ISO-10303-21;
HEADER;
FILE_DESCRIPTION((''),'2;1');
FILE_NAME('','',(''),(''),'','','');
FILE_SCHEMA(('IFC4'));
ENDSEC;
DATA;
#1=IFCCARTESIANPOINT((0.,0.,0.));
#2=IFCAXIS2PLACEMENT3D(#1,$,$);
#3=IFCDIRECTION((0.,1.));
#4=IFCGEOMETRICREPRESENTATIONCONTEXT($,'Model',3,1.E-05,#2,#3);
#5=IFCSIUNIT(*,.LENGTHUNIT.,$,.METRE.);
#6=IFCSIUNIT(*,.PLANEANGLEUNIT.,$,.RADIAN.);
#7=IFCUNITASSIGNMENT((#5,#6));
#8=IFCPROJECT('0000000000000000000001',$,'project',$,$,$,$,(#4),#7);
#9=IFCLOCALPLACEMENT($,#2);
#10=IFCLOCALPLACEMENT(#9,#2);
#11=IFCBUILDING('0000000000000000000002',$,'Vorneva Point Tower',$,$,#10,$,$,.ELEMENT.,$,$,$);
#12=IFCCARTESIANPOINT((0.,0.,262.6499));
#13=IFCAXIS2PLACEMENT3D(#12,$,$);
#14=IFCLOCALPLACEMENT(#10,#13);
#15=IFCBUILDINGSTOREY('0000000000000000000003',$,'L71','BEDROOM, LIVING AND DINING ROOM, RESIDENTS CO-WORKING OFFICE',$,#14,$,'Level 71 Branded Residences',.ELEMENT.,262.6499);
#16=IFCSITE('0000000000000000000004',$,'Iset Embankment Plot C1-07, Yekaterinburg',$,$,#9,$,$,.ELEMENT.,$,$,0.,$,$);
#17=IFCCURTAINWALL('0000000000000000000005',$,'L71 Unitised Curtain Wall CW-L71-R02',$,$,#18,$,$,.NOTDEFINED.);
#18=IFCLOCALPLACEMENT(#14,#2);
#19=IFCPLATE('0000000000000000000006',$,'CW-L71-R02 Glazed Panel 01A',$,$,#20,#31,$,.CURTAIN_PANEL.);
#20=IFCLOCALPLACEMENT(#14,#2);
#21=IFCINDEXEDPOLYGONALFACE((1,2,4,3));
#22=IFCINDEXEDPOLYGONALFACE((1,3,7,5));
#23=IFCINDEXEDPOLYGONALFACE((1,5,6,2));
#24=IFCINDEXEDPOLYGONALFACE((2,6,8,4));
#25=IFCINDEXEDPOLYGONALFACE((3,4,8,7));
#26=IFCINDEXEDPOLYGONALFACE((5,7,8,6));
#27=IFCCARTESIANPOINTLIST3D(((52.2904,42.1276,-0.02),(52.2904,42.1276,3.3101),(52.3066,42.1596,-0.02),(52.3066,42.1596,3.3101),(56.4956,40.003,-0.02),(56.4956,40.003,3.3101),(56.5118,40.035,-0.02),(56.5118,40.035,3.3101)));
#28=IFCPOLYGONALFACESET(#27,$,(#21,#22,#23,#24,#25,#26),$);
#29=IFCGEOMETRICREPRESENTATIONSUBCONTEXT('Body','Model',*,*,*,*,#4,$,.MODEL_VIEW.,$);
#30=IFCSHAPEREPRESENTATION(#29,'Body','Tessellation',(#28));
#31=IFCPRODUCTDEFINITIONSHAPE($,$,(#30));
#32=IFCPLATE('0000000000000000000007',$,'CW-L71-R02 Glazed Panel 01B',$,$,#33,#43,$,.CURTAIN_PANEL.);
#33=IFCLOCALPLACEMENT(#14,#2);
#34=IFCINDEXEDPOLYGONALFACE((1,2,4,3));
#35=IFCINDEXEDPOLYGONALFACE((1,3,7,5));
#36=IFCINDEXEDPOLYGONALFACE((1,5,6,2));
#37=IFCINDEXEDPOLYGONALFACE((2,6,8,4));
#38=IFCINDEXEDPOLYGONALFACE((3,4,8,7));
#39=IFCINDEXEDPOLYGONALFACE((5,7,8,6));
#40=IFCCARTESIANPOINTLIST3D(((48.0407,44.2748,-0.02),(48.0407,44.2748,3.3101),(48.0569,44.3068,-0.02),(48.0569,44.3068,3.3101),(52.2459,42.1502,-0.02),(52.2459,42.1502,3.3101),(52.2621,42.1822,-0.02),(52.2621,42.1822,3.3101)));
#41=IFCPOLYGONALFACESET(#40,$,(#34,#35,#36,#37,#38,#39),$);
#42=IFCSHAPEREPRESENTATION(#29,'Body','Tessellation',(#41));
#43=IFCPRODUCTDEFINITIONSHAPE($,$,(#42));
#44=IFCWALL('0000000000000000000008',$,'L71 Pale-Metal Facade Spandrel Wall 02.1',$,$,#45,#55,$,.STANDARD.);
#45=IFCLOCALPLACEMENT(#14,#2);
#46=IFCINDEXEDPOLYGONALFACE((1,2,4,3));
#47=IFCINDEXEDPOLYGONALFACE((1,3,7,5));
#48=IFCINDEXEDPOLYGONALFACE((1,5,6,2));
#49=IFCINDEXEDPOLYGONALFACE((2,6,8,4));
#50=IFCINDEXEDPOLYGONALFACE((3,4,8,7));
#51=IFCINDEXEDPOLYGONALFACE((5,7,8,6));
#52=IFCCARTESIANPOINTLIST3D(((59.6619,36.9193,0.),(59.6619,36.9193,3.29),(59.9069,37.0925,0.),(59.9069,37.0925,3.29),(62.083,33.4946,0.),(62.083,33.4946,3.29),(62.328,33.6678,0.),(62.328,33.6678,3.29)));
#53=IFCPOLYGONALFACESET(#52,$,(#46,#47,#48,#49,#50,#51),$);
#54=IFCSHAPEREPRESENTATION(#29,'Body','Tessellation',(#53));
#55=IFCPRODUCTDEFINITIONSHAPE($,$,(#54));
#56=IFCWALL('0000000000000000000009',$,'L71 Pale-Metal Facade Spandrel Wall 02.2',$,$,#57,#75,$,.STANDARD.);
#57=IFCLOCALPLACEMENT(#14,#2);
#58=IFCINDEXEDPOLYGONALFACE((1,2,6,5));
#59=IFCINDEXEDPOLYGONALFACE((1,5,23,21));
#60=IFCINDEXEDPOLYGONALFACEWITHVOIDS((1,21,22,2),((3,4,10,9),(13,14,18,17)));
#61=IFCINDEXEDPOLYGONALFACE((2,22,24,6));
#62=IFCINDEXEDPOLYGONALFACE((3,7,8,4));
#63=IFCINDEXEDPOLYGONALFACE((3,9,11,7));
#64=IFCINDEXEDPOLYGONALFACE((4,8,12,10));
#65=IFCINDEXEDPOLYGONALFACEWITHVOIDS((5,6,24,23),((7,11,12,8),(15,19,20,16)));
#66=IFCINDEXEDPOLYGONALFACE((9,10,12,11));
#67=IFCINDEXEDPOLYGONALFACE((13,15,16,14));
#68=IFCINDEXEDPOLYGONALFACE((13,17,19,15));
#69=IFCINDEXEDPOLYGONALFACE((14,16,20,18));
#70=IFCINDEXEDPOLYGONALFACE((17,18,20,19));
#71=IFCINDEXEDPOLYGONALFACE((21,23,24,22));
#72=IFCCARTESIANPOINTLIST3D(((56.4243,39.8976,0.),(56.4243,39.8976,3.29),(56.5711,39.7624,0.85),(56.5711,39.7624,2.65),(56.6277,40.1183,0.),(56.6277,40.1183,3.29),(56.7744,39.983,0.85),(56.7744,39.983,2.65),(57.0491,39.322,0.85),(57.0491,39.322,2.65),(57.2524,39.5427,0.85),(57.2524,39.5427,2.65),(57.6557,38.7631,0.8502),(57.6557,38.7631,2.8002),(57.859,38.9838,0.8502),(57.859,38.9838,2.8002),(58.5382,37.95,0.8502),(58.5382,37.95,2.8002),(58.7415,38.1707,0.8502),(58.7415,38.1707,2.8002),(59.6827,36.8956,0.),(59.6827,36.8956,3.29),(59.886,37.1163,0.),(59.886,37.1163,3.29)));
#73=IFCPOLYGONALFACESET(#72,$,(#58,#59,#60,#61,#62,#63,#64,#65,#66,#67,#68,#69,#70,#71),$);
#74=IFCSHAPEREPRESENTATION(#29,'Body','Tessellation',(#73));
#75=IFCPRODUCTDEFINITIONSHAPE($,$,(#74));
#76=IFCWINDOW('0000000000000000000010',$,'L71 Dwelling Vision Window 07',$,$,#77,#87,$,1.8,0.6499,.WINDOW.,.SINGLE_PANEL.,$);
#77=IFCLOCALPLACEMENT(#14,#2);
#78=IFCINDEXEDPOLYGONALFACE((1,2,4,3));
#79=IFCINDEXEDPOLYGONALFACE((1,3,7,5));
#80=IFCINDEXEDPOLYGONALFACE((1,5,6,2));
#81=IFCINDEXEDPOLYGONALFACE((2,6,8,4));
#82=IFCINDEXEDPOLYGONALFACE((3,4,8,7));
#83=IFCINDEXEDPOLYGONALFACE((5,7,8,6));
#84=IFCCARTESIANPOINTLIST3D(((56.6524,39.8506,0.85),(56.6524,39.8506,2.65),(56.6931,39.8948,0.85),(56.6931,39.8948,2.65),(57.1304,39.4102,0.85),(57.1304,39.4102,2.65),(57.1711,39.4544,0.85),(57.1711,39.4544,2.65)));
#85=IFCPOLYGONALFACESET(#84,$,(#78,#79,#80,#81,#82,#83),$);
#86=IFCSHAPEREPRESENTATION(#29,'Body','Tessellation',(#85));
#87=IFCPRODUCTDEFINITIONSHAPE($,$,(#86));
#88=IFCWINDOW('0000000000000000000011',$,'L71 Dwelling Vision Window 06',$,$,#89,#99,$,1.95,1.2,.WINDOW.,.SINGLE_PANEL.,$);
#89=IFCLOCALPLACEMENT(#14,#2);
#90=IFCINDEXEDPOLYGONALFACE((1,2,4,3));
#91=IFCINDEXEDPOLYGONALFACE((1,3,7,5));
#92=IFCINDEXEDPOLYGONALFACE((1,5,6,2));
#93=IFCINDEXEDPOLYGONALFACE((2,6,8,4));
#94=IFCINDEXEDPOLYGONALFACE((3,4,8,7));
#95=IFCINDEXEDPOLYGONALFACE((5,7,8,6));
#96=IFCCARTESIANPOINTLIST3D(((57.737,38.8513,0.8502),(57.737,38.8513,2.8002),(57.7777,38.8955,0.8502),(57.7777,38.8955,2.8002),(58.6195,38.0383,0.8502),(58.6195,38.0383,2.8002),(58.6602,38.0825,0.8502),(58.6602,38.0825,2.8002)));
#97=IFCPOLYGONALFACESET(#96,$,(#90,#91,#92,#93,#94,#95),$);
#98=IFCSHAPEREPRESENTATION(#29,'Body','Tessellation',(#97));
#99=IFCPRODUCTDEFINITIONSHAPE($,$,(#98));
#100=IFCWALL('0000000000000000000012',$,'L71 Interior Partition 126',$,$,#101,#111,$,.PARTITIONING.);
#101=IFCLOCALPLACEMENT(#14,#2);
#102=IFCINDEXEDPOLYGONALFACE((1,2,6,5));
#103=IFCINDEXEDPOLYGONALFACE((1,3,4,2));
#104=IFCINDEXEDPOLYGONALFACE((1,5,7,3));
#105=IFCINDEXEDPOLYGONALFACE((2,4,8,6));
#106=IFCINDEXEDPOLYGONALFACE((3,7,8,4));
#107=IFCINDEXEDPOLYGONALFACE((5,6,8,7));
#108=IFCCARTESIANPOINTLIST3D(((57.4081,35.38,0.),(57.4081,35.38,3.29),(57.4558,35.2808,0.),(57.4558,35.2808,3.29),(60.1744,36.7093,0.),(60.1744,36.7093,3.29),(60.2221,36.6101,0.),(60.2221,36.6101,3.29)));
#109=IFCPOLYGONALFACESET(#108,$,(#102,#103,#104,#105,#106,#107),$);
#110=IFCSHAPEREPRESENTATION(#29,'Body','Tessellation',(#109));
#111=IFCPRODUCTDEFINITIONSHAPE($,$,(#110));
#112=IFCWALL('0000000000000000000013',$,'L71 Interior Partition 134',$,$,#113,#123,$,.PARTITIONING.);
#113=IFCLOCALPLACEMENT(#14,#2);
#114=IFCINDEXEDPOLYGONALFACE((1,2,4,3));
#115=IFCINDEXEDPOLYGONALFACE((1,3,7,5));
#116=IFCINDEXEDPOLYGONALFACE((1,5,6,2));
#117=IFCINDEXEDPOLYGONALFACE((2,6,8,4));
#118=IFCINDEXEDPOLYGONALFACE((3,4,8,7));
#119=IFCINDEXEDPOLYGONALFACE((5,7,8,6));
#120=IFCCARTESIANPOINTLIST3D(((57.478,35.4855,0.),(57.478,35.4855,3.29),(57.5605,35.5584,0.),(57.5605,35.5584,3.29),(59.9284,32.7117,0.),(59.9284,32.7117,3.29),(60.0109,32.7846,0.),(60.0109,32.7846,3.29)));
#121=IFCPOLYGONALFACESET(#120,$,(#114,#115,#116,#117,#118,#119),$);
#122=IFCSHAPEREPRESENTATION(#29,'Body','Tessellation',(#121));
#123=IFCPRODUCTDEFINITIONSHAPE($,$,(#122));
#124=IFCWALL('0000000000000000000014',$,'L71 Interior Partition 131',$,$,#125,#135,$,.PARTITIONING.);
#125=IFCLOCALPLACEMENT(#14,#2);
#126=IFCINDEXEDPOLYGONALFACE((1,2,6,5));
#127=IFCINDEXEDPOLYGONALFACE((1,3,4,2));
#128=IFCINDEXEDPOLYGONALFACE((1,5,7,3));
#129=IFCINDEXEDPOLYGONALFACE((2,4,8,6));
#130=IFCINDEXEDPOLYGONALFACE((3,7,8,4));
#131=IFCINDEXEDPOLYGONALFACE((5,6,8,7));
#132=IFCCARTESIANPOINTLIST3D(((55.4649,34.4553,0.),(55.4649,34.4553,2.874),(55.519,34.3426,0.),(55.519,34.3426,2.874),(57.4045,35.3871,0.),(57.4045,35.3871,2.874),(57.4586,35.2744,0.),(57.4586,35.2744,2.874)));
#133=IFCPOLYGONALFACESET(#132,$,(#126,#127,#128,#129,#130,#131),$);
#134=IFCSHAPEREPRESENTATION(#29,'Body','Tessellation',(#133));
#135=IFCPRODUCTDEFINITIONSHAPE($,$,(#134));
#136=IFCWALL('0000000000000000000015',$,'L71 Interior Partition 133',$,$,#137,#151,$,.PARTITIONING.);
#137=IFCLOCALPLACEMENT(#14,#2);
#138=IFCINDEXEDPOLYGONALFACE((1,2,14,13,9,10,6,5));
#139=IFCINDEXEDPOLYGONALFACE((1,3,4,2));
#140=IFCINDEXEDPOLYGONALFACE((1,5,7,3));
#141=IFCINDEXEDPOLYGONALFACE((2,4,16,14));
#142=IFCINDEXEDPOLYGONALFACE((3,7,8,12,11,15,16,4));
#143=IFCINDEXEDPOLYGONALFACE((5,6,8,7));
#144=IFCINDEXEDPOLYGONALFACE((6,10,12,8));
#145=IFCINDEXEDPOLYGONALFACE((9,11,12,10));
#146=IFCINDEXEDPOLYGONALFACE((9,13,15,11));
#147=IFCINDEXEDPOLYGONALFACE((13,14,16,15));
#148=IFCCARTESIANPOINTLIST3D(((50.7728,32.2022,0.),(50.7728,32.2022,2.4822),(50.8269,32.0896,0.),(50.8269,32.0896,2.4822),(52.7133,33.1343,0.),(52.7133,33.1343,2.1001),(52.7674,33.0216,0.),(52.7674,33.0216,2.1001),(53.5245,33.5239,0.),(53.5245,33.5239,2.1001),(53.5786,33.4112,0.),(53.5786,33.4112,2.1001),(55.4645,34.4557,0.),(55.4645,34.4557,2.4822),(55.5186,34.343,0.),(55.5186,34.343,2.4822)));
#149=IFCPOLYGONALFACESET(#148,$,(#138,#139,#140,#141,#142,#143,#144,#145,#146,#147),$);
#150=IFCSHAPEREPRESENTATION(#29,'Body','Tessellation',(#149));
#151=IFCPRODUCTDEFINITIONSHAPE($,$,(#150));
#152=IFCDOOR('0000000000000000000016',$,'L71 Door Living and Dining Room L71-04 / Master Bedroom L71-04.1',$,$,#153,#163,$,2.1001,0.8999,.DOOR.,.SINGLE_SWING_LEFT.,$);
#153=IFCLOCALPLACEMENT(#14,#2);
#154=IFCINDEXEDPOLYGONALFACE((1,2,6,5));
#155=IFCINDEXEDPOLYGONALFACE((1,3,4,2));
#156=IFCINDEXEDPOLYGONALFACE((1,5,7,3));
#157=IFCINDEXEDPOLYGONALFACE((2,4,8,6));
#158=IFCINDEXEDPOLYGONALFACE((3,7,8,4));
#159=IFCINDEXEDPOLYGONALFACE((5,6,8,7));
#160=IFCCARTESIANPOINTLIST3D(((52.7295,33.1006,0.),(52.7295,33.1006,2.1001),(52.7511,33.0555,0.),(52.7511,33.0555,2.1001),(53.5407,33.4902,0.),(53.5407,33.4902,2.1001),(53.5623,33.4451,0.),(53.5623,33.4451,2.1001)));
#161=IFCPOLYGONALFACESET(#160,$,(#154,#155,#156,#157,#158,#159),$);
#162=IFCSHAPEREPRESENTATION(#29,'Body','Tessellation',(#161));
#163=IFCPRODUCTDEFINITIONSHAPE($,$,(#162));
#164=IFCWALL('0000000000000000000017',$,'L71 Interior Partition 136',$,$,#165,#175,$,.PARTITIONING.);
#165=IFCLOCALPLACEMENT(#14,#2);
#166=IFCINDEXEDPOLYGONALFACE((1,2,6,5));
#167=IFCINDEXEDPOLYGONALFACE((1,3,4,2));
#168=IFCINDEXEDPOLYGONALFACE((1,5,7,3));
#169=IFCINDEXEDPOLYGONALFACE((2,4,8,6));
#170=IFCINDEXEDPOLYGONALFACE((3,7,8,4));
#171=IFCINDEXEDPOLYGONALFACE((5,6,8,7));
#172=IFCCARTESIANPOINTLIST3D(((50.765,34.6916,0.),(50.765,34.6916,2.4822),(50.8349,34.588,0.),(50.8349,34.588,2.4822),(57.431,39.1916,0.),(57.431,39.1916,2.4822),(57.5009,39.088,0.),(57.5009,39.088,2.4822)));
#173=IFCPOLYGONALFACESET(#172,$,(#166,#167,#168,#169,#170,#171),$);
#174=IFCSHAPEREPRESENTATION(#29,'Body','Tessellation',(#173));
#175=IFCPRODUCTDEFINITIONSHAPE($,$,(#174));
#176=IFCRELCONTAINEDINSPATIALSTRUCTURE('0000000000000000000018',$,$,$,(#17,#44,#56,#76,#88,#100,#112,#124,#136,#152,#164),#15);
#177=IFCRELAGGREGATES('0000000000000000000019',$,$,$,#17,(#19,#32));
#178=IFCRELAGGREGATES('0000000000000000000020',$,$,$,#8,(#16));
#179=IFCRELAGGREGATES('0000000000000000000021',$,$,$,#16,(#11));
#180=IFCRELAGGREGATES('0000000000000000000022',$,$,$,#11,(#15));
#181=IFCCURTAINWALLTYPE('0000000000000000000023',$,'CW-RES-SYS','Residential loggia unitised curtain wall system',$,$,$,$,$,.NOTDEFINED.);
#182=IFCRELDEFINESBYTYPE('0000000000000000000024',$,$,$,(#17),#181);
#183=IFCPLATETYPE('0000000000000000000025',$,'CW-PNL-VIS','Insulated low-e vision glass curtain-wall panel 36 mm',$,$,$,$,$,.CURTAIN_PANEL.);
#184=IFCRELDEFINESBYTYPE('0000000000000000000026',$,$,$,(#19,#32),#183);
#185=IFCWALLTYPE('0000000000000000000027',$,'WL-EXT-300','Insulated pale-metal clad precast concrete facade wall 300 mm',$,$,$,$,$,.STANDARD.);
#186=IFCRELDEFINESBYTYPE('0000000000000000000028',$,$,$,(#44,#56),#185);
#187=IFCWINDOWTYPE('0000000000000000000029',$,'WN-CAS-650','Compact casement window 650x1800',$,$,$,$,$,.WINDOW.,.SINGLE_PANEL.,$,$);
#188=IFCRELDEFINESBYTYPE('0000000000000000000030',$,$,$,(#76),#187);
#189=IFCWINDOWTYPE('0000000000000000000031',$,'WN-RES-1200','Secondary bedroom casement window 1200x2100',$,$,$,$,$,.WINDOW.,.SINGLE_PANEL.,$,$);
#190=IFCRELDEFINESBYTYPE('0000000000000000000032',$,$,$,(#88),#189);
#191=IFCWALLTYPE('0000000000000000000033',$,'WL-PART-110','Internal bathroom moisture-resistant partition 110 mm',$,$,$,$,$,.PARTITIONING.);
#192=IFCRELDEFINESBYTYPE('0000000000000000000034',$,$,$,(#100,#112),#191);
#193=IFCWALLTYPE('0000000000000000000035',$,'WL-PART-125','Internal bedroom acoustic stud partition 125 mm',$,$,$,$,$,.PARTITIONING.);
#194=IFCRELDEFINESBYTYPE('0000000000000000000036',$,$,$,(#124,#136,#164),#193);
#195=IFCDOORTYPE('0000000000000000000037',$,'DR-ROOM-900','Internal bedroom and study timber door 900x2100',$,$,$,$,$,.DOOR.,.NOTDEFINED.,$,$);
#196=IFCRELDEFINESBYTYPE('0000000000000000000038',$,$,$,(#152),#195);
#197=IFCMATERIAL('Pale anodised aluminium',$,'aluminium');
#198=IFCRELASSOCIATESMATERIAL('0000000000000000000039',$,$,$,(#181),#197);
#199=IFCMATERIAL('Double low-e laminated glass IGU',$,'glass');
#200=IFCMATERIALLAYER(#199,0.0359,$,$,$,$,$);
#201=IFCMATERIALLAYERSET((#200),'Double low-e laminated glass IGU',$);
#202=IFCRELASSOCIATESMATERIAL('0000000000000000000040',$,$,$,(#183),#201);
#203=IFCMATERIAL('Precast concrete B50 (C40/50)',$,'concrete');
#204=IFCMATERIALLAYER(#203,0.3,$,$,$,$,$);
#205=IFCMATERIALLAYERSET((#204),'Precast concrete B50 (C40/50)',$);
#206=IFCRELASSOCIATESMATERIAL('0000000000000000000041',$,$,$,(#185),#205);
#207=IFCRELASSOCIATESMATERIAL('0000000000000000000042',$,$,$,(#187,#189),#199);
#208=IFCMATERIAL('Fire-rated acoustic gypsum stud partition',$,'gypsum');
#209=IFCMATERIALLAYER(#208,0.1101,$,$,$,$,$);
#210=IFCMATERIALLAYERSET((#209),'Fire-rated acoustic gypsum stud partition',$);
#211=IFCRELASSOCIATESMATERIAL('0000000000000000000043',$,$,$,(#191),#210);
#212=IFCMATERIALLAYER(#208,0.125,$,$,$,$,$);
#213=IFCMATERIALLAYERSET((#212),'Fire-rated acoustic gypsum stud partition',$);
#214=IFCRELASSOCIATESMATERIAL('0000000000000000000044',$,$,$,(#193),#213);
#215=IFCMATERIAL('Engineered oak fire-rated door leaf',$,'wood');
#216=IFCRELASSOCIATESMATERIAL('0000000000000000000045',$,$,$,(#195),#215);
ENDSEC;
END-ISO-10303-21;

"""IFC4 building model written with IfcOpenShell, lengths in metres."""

from ifc_helpers import new_model, si_unit, direction, frame, frame_2d, origin, origin_2d, place, context, subcontext, project, spatial, rectangle, extrude, material, layer, layer_set, type_object, element, fill, aggregate, save


model = new_model("IFC4")

# Units and contexts
model_context = context("Model", 3, precision=1e-05, world=origin(), true_north=direction((0.0, 1.0)))
body_context = subcontext(model_context, "Body", "Model", "MODEL_VIEW")
ifc_project = project(units=[si_unit("LENGTHUNIT", "METRE"), si_unit("PLANEANGLEUNIT", "RADIAN")], contexts=[model_context])

# Site, building, storey
site_placement = place(None, origin())
site = spatial("IfcSite", under=ifc_project, at=site_placement, Name="Iset Embankment Plot C1-07, Yekaterinburg", CompositionType="ELEMENT", RefElevation=0.0)
building_placement = place(site_placement, origin())
building = spatial("IfcBuilding", under=site, at=building_placement, Name="Vorneva Point Tower", CompositionType="ELEMENT")
storey_placement = place(building_placement, frame((0.0, 0.0, 262.6499)))
storey = spatial("IfcBuildingStorey", under=building, at=storey_placement, Name="L71", Description="BEDROOM, LIVING AND DINING ROOM, RESIDENTS CO-WORKING OFFICE", LongName="Level 71 Branded Residences", CompositionType="ELEMENT", Elevation=262.6499)

# Shared definitions
ifc_material_1 = material(Name="Pale anodised aluminium", Category="aluminium")
curtain_wall_type = type_object("IfcCurtainWallType", Name="CW-RES-SYS", Description="Residential loggia unitised curtain wall system", PredefinedType="NOTDEFINED", material=ifc_material_1)

# Curtain wall, plates
curtain_wall_1_placement = place(storey_placement, origin())
curtain_wall_1 = element("IfcCurtainWall", 1, at=curtain_wall_1_placement, inside=storey, type_object=curtain_wall_type, Name="L71 Unitised Curtain Wall CW-L71-R02", PredefinedType="NOTDEFINED")
ifc_material_2 = material(Name="Double low-e laminated glass IGU", Category="glass")
ifc_layer_1 = layer(ifc_material_2, 0.0359)
ifc_layer_set_1 = layer_set([ifc_layer_1], Name="Double low-e laminated glass IGU")
plate_type = type_object("IfcPlateType", Name="CW-PNL-VIS", Description="Insulated low-e vision glass curtain-wall panel 36 mm", PredefinedType="CURTAIN_PANEL", material=ifc_layer_set_1)
plate_1_placement = place(storey_placement, frame((54.4011, 41.0813, -0.02), z_axis=(0.0, 0.0, 1.0), x_axis=(-0.892554, 0.45094, 0.0)))
plate_1 = element("IfcPlate", 2, at=plate_1_placement, type_object=plate_type, Name="CW-L71-R02 Glazed Panel 01A", PredefinedType="CURTAIN_PANEL", context=body_context, shape_type="SweptSolid", body=[
    extrude(rectangle(XDim=4.7114, YDim=0.0359, at=origin_2d()), origin(), (0.0, 0.0, 1.0), 3.3301),
])
plate_2_placement = place(storey_placement, frame((50.1514, 43.2285, -0.02), z_axis=(0.0, 0.0, 1.0), x_axis=(-0.892554, 0.45094, 0.0)))
plate_2 = element("IfcPlate", 3, at=plate_2_placement, type_object=plate_type, Name="CW-L71-R02 Glazed Panel 01B", PredefinedType="CURTAIN_PANEL", context=body_context, shape_type="SweptSolid", body=[
    extrude(rectangle(XDim=4.7114, YDim=0.0359, at=origin_2d()), origin(), (0.0, 0.0, 1.0), 3.3301),
])
aggregate(curtain_wall_1, [plate_1, plate_2])

# Wall
ifc_material_3 = material(Name="Precast concrete B50 (C40/50)", Category="concrete")
ifc_layer_2 = layer(ifc_material_3, 0.3)
ifc_layer_set_2 = layer_set([ifc_layer_2], Name="Precast concrete B50 (C40/50)")
wall_type_1 = type_object("IfcWallType", Name="WL-EXT-300", Description="Insulated pale-metal clad precast concrete facade wall 300 mm", PredefinedType="STANDARD", material=ifc_layer_set_2)
wall_1_placement = place(storey_placement, frame((62.2056, 33.5811, 0.0), z_axis=(0.0, 0.0, 1.0), x_axis=(-0.577261, 0.81656, 0.0)))
element("IfcWall", 4, at=wall_1_placement, inside=storey, type_object=wall_type_1, Name="L71 Pale-Metal Facade Spandrel Wall 02.1", PredefinedType="STANDARD", context=body_context, shape_type="SweptSolid", body=[
    extrude(rectangle(XDim=4.1941, YDim=0.3, at=frame_2d((2.0972, 0.0))), origin(), (0.0, 0.0, 1.0), 3.29),
])

# Wall, openings, windows
wall_2_placement = place(storey_placement, frame((59.7844, 37.0059, 0.0), z_axis=(0.0, 0.0, 1.0), x_axis=(-0.735445, 0.677584, 0.0)))
wall_2 = element("IfcWall", 5, at=wall_2_placement, inside=storey, type_object=wall_type_1, Name="L71 Pale-Metal Facade Spandrel Wall 02.2", PredefinedType="STANDARD", context=body_context, shape_type="SweptSolid", body=[
    extrude(rectangle(XDim=4.4304, YDim=0.3, at=frame_2d((2.2153, 0.0))), origin(), (0.0, 0.0, 1.0), 3.29),
])
opening_1_placement = place(wall_2_placement, frame((1.5562, 0.0, 0.8501)))
opening_1 = element("IfcOpeningElement", 6, at=opening_1_placement, cuts=wall_2, PredefinedType="OPENING", context=body_context, shape_type="SweptSolid", body=[
    extrude(rectangle(XDim=1.2, YDim=1.95, at=frame_2d((0.6001, 0.9751))), frame((0.0, 0.165, 0.0), z_axis=(0.0, -1.0, 0.0), x_axis=(1.0, 0.0, 0.0)), (0.0, 0.0, 1.0), 0.3298),
])
opening_2_placement = place(wall_2_placement, frame((3.5811, 0.0, 0.8501)))
opening_2 = element("IfcOpeningElement", 7, at=opening_2_placement, cuts=wall_2, PredefinedType="OPENING", context=body_context, shape_type="SweptSolid", body=[
    extrude(rectangle(XDim=0.6499, YDim=1.8, at=frame_2d((0.325, 0.8999))), frame((0.0, 0.165, 0.0), z_axis=(0.0, -1.0, 0.0), x_axis=(1.0, 0.0, 0.0)), (0.0, 0.0, 1.0), 0.3298),
])
window_type_1 = type_object("IfcWindowType", Name="WN-CAS-650", Description="Compact casement window 650x1800", PartitioningType="SINGLE_PANEL", PredefinedType="WINDOW", material=ifc_material_2)
window_1_placement = place(opening_2_placement, origin())
window_1 = element("IfcWindow", 8, at=window_1_placement, inside=storey, type_object=window_type_1, Name="L71 Dwelling Vision Window 07", OverallHeight=1.8, OverallWidth=0.6499, PartitioningType="SINGLE_PANEL", PredefinedType="WINDOW", context=body_context, shape_type="SweptSolid", body=[
    extrude(rectangle(XDim=0.6499, YDim=1.8, at=frame_2d((0.325, 0.8999))), frame((0.0, 0.03, 0.0), z_axis=(0.0, -1.0, 0.0), x_axis=(1.0, 0.0, 0.0)), (0.0, 0.0, 1.0), 0.0601),
])
fill(opening_2, window_1)
window_type_2 = type_object("IfcWindowType", Name="WN-RES-1200", Description="Secondary bedroom casement window 1200x2100", PartitioningType="SINGLE_PANEL", PredefinedType="WINDOW", material=ifc_material_2)
window_2_placement = place(opening_1_placement, origin())
window_2 = element("IfcWindow", 9, at=window_2_placement, inside=storey, type_object=window_type_2, Name="L71 Dwelling Vision Window 06", OverallHeight=1.95, OverallWidth=1.2, PartitioningType="SINGLE_PANEL", PredefinedType="WINDOW", context=body_context, shape_type="SweptSolid", body=[
    extrude(rectangle(XDim=1.2, YDim=1.95, at=frame_2d((0.6001, 0.9751))), frame((0.0, 0.03, 0.0), z_axis=(0.0, -1.0, 0.0), x_axis=(1.0, 0.0, 0.0)), (0.0, 0.0, 1.0), 0.0601),
])
fill(opening_1, window_2)

# Walls
ifc_material_4 = material(Name="Fire-rated acoustic gypsum stud partition", Category="gypsum")
ifc_layer_3 = layer(ifc_material_4, 0.1101)
ifc_layer_set_3 = layer_set([ifc_layer_3], Name="Fire-rated acoustic gypsum stud partition")
wall_type_2 = type_object("IfcWallType", Name="WL-PART-110", Description="Internal bathroom moisture-resistant partition 110 mm", PredefinedType="PARTITIONING", material=ifc_layer_set_3)
wall_3_placement = place(storey_placement, frame((57.4319, 35.3303, 0.0), z_axis=(0.0, 0.0, 1.0), x_axis=(0.901333, 0.433127, 0.0)))
element("IfcWall", 10, at=wall_3_placement, inside=storey, type_object=wall_type_2, Name="L71 Interior Partition 126", PredefinedType="PARTITIONING", context=body_context, shape_type="SweptSolid", body=[
    extrude(rectangle(XDim=3.0691, YDim=0.1101, at=frame_2d((1.5347, 0.0))), origin(), (0.0, 0.0, 1.0), 3.29),
])
wall_4_placement = place(storey_placement, frame((57.5193, 35.522, 0.0), z_axis=(0.0, 0.0, 1.0), x_axis=(0.662056, -0.749455, 0.0)))
element("IfcWall", 11, at=wall_4_placement, inside=storey, type_object=wall_type_2, Name="L71 Interior Partition 134", PredefinedType="PARTITIONING", context=body_context, shape_type="SweptSolid", body=[
    extrude(rectangle(XDim=3.7012, YDim=0.1101, at=frame_2d((1.8506, 0.0))), origin(), (0.0, 0.0, 1.0), 3.29),
])
ifc_layer_4 = layer(ifc_material_4, 0.125)
ifc_layer_set_4 = layer_set([ifc_layer_4], Name="Fire-rated acoustic gypsum stud partition")
wall_type_3 = type_object("IfcWallType", Name="WL-PART-125", Description="Internal bedroom acoustic stud partition 125 mm", PredefinedType="PARTITIONING", material=ifc_layer_set_4)
wall_5_placement = place(storey_placement, frame((55.4919, 34.3989, 0.0), z_axis=(0.0, 0.0, 1.0), x_axis=(0.901373, 0.433045, 0.0)))
element("IfcWall", 12, at=wall_5_placement, inside=storey, type_object=wall_type_3, Name="L71 Interior Partition 131", PredefinedType="PARTITIONING", context=body_context, shape_type="SweptSolid", body=[
    extrude(rectangle(XDim=2.1519, YDim=0.125, at=frame_2d((1.0759, 0.0))), origin(), (0.0, 0.0, 1.0), 2.874),
])

# Wall, opening, door
wall_6_placement = place(storey_placement, frame((55.4917, 34.3994, 0.0), z_axis=(0.0, 0.0, 1.0), x_axis=(-0.901416, -0.432954, 0.0)))
wall_6 = element("IfcWall", 13, at=wall_6_placement, inside=storey, type_object=wall_type_3, Name="L71 Interior Partition 133", PredefinedType="PARTITIONING", context=body_context, shape_type="SweptSolid", body=[
    extrude(rectangle(XDim=5.2048, YDim=0.125, at=frame_2d((2.6025, 0.0))), origin(), (0.0, 0.0, 1.0), 2.4822),
])
opening_3_placement = place(wall_6_placement, frame((2.1523, 0.0, 0.0)))
opening_3 = element("IfcOpeningElement", 14, at=opening_3_placement, cuts=wall_6, PredefinedType="OPENING", context=body_context, shape_type="SweptSolid", body=[
    extrude(rectangle(XDim=0.8999, YDim=2.1001, at=frame_2d((0.45, 1.05))), frame((0.0, 0.0774, 0.0), z_axis=(0.0, -1.0, 0.0), x_axis=(1.0, 0.0, 0.0)), (0.0, 0.0, 1.0), 0.1548),
])
ifc_material_5 = material(Name="Engineered oak fire-rated door leaf", Category="wood")
door_type_1 = type_object("IfcDoorType", Name="DR-ROOM-900", Description="Internal bedroom and study timber door 900x2100", OperationType="NOTDEFINED", PredefinedType="DOOR", material=ifc_material_5)
door_1_placement = place(opening_3_placement, origin())
door_1 = element("IfcDoor", 15, at=door_1_placement, inside=storey, type_object=door_type_1, Name="L71 Door Living and Dining Room L71-04 / Master Bedroom L71-04.1", OperationType="SINGLE_SWING_LEFT", OverallHeight=2.1001, OverallWidth=0.8999, PredefinedType="DOOR", context=body_context, shape_type="SweptSolid", body=[
    extrude(rectangle(XDim=0.8999, YDim=2.1001, at=frame_2d((0.45, 1.05))), frame((0.0, 0.0249, 0.0), z_axis=(0.0, -1.0, 0.0), x_axis=(1.0, 0.0, 0.0)), (0.0, 0.0, 1.0), 0.05),
])
fill(opening_3, door_1)

# Wall
wall_7_placement = place(storey_placement, frame((57.4661, 39.1399, 0.0), z_axis=(0.0, 0.0, 1.0), x_axis=(-0.828823, -0.55951, 0.0)))
element("IfcWall", 16, at=wall_7_placement, inside=storey, type_object=wall_type_3, Name="L71 Interior Partition 136", PredefinedType="PARTITIONING", context=body_context, shape_type="SweptSolid", body=[
    extrude(rectangle(XDim=8.0427, YDim=0.125, at=frame_2d((4.0215, 0.0))), origin(), (0.0, 0.0, 1.0), 2.4822),
])

save(model, "model.ifc")
